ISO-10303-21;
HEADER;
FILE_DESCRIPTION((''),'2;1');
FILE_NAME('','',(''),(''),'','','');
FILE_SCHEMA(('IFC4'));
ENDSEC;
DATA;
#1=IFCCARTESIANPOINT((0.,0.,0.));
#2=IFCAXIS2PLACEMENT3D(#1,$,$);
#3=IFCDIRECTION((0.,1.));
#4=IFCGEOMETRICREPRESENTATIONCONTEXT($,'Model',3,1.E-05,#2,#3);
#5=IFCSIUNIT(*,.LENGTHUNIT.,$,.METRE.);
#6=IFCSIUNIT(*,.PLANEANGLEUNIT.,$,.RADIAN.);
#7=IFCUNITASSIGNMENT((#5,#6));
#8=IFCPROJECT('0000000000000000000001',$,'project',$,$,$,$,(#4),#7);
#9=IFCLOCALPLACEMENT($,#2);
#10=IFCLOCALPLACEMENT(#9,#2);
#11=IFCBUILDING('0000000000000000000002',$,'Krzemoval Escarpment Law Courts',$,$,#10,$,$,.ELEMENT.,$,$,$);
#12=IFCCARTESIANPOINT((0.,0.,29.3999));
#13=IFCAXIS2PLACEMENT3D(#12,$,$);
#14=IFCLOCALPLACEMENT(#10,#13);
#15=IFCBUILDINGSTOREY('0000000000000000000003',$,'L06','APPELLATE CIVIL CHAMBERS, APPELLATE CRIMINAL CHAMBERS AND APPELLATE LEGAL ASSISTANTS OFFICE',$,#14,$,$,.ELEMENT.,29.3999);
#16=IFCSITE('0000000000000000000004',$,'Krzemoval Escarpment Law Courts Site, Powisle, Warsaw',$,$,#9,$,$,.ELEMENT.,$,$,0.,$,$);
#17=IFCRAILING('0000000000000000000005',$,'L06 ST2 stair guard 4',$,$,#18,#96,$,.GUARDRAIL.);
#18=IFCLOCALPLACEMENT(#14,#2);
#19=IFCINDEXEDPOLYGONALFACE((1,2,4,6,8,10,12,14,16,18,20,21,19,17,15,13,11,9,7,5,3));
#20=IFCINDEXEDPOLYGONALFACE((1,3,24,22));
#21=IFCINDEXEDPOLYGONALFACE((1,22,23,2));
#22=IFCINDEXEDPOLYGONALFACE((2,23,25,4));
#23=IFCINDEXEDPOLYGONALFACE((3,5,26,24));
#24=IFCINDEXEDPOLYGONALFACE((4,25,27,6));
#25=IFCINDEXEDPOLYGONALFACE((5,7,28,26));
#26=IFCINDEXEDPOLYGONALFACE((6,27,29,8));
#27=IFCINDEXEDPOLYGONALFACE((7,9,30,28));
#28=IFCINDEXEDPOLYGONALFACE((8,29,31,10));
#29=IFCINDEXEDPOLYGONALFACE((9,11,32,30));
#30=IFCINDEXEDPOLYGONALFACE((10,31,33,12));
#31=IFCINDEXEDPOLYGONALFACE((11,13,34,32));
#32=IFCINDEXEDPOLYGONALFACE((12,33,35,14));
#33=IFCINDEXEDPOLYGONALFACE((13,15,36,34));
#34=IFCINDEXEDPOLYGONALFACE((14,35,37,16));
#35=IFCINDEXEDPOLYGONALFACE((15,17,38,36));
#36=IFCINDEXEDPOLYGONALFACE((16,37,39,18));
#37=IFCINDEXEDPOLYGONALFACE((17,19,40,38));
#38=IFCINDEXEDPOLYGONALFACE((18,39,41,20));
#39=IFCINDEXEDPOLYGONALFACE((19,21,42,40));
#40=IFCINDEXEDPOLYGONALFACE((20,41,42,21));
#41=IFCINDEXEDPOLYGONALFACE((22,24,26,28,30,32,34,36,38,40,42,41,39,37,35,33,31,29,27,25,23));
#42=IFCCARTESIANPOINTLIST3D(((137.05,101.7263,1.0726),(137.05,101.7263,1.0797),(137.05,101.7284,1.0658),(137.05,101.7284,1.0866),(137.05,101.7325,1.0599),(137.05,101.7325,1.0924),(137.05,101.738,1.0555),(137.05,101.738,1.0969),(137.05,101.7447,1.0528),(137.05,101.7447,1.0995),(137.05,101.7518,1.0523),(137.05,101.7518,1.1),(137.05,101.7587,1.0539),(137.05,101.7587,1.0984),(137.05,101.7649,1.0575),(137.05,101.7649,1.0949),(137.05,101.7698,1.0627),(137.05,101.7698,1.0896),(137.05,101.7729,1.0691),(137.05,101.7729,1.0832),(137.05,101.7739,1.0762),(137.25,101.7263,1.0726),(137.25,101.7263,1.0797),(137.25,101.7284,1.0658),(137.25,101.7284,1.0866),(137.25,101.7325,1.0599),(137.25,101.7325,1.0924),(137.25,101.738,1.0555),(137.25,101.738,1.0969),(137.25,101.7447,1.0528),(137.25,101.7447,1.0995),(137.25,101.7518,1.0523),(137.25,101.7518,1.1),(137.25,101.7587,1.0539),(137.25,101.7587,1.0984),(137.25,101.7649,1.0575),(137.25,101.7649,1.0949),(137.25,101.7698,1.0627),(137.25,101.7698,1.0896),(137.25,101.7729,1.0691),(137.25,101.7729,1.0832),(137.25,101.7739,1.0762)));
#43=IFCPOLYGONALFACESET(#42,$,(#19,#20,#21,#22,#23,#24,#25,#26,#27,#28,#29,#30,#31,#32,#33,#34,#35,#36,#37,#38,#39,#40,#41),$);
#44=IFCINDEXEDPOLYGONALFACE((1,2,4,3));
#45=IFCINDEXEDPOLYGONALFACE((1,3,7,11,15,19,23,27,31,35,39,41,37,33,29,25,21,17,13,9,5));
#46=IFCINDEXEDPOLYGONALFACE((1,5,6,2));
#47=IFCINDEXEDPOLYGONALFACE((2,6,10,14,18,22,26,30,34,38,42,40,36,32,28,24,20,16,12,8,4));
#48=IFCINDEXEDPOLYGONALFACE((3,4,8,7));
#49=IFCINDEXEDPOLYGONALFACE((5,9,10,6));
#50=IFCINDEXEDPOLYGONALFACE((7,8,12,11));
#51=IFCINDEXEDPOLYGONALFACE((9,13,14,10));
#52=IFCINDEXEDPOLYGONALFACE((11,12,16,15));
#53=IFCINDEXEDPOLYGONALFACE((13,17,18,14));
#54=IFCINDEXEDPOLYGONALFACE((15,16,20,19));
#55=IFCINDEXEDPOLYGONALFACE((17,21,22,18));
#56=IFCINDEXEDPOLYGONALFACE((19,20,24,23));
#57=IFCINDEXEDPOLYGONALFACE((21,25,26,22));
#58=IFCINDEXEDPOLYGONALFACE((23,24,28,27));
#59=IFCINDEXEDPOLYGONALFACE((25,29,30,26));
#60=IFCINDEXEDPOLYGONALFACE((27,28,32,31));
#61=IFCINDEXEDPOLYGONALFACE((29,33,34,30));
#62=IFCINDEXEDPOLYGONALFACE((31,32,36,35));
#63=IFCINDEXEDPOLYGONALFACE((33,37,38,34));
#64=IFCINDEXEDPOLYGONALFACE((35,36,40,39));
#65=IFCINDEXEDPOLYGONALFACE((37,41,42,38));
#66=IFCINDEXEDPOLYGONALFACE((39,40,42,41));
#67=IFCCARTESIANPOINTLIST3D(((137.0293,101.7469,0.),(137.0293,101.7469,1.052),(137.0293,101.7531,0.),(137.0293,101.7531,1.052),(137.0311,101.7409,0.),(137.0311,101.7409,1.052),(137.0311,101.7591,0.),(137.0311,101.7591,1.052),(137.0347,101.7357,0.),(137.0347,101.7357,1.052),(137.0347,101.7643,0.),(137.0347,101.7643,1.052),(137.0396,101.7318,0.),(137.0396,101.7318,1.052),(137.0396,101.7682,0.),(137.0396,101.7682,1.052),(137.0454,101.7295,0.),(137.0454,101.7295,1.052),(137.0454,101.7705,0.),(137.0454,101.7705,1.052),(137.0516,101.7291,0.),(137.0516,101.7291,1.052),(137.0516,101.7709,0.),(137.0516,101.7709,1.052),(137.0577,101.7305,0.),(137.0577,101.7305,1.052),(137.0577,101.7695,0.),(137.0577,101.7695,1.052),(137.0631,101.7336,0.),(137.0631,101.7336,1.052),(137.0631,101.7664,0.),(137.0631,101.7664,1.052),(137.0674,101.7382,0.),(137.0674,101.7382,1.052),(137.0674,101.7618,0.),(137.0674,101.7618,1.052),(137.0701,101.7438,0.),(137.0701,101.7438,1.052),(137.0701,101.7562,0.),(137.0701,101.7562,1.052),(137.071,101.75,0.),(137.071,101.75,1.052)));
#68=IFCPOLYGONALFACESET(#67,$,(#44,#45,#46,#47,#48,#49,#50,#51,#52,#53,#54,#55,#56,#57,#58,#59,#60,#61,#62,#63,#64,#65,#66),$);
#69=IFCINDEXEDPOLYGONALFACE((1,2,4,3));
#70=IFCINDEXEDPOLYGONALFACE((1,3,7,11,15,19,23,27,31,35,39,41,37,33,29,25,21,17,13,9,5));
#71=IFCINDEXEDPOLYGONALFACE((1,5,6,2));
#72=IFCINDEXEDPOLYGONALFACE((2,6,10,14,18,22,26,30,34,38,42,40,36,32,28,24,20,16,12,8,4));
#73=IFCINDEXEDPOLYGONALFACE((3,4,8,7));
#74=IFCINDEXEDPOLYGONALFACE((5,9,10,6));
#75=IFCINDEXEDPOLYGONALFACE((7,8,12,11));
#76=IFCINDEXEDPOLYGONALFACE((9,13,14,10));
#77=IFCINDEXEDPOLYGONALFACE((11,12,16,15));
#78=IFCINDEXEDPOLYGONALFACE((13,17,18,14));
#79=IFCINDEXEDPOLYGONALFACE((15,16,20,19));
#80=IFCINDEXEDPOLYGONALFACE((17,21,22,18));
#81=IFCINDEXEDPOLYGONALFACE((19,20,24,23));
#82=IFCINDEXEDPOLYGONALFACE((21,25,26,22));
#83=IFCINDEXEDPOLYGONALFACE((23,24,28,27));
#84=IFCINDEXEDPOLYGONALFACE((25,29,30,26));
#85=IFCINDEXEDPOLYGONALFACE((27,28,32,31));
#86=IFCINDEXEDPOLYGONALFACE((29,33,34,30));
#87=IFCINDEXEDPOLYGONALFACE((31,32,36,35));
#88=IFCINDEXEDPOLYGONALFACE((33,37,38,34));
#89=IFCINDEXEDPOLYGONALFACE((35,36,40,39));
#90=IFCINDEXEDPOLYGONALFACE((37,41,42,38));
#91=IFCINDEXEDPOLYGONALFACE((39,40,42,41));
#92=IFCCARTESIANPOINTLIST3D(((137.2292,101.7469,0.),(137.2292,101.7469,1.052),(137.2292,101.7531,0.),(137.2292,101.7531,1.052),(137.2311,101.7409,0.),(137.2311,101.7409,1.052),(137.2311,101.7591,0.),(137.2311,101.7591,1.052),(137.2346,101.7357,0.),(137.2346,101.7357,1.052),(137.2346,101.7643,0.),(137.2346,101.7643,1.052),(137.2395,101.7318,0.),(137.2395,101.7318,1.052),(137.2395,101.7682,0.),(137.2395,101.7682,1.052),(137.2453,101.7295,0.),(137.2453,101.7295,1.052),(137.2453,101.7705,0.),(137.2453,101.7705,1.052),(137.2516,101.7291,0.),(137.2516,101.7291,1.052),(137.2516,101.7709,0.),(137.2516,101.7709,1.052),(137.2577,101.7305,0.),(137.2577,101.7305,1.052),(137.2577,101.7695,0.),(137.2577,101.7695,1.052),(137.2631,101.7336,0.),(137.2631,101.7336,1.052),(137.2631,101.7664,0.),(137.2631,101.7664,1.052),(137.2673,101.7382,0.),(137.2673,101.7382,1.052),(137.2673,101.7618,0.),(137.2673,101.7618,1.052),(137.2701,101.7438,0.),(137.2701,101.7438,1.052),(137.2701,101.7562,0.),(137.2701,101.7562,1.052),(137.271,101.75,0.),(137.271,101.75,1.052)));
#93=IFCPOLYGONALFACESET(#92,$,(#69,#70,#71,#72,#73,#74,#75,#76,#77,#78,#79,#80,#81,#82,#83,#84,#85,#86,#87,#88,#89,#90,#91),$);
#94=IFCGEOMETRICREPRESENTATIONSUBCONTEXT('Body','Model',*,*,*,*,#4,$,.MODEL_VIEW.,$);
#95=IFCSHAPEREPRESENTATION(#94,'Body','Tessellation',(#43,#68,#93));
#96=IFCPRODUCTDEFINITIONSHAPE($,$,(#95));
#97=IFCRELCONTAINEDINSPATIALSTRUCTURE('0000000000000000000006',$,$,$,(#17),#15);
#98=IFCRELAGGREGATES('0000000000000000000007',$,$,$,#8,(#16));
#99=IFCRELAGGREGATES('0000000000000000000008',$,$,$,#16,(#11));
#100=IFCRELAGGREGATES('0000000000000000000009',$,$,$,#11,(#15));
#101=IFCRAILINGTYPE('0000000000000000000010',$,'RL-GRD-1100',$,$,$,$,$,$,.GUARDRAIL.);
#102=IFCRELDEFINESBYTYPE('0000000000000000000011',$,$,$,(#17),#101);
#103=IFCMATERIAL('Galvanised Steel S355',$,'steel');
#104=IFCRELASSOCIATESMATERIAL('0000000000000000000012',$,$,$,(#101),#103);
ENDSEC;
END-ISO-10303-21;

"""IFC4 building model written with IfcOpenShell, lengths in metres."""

from ifc_helpers import new_model, si_unit, direction, frame, origin, origin_2d, place, context, subcontext, project, spatial, circle, extrude, material, type_object, element, save


model = new_model("IFC4")

# Units and contexts
model_context = context("Model", 3, precision=1e-05, world=origin(), true_north=direction((0.0, 1.0)))
body_context = subcontext(model_context, "Body", "Model", "MODEL_VIEW")
ifc_project = project(units=[si_unit("LENGTHUNIT", "METRE"), si_unit("PLANEANGLEUNIT", "RADIAN")], contexts=[model_context])

# Site, building, storey
site_placement = place(None, origin())
site = spatial("IfcSite", under=ifc_project, at=site_placement, Name="Krzemoval Escarpment Law Courts Site, Powisle, Warsaw", CompositionType="ELEMENT", RefElevation=0.0)
building_placement = place(site_placement, origin())
building = spatial("IfcBuilding", under=site, at=building_placement, Name="Krzemoval Escarpment Law Courts", CompositionType="ELEMENT")
storey_placement = place(building_placement, frame((0.0, 0.0, 29.3999)))
storey = spatial("IfcBuildingStorey", under=building, at=storey_placement, Name="L06", Description="APPELLATE CIVIL CHAMBERS, APPELLATE CRIMINAL CHAMBERS AND APPELLATE LEGAL ASSISTANTS OFFICE", CompositionType="ELEMENT", Elevation=29.3999)

# Railing
ifc_material_1 = material(Name="Galvanised Steel S355", Category="steel")
railing_type_1 = type_object("IfcRailingType", Name="RL-GRD-1100", PredefinedType="GUARDRAIL", material=ifc_material_1)
railing_1_placement = place(storey_placement, frame((137.05, 101.75, 0.0)))
element("IfcRailing", 1, at=railing_1_placement, inside=storey, type_object=railing_type_1, Name="L06 ST2 stair guard 4", PredefinedType="GUARDRAIL", context=body_context, shape_type="SweptSolid", body=[
    extrude(circle(Radius=0.0239, at=origin_2d()), frame((0.0, 0.0, 1.0762), z_axis=(1.0, 0.0, 0.0), x_axis=(0.0, 1.0, 0.0)), (0.0, 0.0, 1.0), 0.2),
    extrude(circle(Radius=0.021, at=origin_2d()), origin(), (0.0, 0.0, 1.0), 1.052),
    extrude(circle(Radius=0.021, at=origin_2d()), frame((0.2, 0.0, 0.0)), (0.0, 0.0, 1.0), 1.052),
])

save(model, "model.ifc")
